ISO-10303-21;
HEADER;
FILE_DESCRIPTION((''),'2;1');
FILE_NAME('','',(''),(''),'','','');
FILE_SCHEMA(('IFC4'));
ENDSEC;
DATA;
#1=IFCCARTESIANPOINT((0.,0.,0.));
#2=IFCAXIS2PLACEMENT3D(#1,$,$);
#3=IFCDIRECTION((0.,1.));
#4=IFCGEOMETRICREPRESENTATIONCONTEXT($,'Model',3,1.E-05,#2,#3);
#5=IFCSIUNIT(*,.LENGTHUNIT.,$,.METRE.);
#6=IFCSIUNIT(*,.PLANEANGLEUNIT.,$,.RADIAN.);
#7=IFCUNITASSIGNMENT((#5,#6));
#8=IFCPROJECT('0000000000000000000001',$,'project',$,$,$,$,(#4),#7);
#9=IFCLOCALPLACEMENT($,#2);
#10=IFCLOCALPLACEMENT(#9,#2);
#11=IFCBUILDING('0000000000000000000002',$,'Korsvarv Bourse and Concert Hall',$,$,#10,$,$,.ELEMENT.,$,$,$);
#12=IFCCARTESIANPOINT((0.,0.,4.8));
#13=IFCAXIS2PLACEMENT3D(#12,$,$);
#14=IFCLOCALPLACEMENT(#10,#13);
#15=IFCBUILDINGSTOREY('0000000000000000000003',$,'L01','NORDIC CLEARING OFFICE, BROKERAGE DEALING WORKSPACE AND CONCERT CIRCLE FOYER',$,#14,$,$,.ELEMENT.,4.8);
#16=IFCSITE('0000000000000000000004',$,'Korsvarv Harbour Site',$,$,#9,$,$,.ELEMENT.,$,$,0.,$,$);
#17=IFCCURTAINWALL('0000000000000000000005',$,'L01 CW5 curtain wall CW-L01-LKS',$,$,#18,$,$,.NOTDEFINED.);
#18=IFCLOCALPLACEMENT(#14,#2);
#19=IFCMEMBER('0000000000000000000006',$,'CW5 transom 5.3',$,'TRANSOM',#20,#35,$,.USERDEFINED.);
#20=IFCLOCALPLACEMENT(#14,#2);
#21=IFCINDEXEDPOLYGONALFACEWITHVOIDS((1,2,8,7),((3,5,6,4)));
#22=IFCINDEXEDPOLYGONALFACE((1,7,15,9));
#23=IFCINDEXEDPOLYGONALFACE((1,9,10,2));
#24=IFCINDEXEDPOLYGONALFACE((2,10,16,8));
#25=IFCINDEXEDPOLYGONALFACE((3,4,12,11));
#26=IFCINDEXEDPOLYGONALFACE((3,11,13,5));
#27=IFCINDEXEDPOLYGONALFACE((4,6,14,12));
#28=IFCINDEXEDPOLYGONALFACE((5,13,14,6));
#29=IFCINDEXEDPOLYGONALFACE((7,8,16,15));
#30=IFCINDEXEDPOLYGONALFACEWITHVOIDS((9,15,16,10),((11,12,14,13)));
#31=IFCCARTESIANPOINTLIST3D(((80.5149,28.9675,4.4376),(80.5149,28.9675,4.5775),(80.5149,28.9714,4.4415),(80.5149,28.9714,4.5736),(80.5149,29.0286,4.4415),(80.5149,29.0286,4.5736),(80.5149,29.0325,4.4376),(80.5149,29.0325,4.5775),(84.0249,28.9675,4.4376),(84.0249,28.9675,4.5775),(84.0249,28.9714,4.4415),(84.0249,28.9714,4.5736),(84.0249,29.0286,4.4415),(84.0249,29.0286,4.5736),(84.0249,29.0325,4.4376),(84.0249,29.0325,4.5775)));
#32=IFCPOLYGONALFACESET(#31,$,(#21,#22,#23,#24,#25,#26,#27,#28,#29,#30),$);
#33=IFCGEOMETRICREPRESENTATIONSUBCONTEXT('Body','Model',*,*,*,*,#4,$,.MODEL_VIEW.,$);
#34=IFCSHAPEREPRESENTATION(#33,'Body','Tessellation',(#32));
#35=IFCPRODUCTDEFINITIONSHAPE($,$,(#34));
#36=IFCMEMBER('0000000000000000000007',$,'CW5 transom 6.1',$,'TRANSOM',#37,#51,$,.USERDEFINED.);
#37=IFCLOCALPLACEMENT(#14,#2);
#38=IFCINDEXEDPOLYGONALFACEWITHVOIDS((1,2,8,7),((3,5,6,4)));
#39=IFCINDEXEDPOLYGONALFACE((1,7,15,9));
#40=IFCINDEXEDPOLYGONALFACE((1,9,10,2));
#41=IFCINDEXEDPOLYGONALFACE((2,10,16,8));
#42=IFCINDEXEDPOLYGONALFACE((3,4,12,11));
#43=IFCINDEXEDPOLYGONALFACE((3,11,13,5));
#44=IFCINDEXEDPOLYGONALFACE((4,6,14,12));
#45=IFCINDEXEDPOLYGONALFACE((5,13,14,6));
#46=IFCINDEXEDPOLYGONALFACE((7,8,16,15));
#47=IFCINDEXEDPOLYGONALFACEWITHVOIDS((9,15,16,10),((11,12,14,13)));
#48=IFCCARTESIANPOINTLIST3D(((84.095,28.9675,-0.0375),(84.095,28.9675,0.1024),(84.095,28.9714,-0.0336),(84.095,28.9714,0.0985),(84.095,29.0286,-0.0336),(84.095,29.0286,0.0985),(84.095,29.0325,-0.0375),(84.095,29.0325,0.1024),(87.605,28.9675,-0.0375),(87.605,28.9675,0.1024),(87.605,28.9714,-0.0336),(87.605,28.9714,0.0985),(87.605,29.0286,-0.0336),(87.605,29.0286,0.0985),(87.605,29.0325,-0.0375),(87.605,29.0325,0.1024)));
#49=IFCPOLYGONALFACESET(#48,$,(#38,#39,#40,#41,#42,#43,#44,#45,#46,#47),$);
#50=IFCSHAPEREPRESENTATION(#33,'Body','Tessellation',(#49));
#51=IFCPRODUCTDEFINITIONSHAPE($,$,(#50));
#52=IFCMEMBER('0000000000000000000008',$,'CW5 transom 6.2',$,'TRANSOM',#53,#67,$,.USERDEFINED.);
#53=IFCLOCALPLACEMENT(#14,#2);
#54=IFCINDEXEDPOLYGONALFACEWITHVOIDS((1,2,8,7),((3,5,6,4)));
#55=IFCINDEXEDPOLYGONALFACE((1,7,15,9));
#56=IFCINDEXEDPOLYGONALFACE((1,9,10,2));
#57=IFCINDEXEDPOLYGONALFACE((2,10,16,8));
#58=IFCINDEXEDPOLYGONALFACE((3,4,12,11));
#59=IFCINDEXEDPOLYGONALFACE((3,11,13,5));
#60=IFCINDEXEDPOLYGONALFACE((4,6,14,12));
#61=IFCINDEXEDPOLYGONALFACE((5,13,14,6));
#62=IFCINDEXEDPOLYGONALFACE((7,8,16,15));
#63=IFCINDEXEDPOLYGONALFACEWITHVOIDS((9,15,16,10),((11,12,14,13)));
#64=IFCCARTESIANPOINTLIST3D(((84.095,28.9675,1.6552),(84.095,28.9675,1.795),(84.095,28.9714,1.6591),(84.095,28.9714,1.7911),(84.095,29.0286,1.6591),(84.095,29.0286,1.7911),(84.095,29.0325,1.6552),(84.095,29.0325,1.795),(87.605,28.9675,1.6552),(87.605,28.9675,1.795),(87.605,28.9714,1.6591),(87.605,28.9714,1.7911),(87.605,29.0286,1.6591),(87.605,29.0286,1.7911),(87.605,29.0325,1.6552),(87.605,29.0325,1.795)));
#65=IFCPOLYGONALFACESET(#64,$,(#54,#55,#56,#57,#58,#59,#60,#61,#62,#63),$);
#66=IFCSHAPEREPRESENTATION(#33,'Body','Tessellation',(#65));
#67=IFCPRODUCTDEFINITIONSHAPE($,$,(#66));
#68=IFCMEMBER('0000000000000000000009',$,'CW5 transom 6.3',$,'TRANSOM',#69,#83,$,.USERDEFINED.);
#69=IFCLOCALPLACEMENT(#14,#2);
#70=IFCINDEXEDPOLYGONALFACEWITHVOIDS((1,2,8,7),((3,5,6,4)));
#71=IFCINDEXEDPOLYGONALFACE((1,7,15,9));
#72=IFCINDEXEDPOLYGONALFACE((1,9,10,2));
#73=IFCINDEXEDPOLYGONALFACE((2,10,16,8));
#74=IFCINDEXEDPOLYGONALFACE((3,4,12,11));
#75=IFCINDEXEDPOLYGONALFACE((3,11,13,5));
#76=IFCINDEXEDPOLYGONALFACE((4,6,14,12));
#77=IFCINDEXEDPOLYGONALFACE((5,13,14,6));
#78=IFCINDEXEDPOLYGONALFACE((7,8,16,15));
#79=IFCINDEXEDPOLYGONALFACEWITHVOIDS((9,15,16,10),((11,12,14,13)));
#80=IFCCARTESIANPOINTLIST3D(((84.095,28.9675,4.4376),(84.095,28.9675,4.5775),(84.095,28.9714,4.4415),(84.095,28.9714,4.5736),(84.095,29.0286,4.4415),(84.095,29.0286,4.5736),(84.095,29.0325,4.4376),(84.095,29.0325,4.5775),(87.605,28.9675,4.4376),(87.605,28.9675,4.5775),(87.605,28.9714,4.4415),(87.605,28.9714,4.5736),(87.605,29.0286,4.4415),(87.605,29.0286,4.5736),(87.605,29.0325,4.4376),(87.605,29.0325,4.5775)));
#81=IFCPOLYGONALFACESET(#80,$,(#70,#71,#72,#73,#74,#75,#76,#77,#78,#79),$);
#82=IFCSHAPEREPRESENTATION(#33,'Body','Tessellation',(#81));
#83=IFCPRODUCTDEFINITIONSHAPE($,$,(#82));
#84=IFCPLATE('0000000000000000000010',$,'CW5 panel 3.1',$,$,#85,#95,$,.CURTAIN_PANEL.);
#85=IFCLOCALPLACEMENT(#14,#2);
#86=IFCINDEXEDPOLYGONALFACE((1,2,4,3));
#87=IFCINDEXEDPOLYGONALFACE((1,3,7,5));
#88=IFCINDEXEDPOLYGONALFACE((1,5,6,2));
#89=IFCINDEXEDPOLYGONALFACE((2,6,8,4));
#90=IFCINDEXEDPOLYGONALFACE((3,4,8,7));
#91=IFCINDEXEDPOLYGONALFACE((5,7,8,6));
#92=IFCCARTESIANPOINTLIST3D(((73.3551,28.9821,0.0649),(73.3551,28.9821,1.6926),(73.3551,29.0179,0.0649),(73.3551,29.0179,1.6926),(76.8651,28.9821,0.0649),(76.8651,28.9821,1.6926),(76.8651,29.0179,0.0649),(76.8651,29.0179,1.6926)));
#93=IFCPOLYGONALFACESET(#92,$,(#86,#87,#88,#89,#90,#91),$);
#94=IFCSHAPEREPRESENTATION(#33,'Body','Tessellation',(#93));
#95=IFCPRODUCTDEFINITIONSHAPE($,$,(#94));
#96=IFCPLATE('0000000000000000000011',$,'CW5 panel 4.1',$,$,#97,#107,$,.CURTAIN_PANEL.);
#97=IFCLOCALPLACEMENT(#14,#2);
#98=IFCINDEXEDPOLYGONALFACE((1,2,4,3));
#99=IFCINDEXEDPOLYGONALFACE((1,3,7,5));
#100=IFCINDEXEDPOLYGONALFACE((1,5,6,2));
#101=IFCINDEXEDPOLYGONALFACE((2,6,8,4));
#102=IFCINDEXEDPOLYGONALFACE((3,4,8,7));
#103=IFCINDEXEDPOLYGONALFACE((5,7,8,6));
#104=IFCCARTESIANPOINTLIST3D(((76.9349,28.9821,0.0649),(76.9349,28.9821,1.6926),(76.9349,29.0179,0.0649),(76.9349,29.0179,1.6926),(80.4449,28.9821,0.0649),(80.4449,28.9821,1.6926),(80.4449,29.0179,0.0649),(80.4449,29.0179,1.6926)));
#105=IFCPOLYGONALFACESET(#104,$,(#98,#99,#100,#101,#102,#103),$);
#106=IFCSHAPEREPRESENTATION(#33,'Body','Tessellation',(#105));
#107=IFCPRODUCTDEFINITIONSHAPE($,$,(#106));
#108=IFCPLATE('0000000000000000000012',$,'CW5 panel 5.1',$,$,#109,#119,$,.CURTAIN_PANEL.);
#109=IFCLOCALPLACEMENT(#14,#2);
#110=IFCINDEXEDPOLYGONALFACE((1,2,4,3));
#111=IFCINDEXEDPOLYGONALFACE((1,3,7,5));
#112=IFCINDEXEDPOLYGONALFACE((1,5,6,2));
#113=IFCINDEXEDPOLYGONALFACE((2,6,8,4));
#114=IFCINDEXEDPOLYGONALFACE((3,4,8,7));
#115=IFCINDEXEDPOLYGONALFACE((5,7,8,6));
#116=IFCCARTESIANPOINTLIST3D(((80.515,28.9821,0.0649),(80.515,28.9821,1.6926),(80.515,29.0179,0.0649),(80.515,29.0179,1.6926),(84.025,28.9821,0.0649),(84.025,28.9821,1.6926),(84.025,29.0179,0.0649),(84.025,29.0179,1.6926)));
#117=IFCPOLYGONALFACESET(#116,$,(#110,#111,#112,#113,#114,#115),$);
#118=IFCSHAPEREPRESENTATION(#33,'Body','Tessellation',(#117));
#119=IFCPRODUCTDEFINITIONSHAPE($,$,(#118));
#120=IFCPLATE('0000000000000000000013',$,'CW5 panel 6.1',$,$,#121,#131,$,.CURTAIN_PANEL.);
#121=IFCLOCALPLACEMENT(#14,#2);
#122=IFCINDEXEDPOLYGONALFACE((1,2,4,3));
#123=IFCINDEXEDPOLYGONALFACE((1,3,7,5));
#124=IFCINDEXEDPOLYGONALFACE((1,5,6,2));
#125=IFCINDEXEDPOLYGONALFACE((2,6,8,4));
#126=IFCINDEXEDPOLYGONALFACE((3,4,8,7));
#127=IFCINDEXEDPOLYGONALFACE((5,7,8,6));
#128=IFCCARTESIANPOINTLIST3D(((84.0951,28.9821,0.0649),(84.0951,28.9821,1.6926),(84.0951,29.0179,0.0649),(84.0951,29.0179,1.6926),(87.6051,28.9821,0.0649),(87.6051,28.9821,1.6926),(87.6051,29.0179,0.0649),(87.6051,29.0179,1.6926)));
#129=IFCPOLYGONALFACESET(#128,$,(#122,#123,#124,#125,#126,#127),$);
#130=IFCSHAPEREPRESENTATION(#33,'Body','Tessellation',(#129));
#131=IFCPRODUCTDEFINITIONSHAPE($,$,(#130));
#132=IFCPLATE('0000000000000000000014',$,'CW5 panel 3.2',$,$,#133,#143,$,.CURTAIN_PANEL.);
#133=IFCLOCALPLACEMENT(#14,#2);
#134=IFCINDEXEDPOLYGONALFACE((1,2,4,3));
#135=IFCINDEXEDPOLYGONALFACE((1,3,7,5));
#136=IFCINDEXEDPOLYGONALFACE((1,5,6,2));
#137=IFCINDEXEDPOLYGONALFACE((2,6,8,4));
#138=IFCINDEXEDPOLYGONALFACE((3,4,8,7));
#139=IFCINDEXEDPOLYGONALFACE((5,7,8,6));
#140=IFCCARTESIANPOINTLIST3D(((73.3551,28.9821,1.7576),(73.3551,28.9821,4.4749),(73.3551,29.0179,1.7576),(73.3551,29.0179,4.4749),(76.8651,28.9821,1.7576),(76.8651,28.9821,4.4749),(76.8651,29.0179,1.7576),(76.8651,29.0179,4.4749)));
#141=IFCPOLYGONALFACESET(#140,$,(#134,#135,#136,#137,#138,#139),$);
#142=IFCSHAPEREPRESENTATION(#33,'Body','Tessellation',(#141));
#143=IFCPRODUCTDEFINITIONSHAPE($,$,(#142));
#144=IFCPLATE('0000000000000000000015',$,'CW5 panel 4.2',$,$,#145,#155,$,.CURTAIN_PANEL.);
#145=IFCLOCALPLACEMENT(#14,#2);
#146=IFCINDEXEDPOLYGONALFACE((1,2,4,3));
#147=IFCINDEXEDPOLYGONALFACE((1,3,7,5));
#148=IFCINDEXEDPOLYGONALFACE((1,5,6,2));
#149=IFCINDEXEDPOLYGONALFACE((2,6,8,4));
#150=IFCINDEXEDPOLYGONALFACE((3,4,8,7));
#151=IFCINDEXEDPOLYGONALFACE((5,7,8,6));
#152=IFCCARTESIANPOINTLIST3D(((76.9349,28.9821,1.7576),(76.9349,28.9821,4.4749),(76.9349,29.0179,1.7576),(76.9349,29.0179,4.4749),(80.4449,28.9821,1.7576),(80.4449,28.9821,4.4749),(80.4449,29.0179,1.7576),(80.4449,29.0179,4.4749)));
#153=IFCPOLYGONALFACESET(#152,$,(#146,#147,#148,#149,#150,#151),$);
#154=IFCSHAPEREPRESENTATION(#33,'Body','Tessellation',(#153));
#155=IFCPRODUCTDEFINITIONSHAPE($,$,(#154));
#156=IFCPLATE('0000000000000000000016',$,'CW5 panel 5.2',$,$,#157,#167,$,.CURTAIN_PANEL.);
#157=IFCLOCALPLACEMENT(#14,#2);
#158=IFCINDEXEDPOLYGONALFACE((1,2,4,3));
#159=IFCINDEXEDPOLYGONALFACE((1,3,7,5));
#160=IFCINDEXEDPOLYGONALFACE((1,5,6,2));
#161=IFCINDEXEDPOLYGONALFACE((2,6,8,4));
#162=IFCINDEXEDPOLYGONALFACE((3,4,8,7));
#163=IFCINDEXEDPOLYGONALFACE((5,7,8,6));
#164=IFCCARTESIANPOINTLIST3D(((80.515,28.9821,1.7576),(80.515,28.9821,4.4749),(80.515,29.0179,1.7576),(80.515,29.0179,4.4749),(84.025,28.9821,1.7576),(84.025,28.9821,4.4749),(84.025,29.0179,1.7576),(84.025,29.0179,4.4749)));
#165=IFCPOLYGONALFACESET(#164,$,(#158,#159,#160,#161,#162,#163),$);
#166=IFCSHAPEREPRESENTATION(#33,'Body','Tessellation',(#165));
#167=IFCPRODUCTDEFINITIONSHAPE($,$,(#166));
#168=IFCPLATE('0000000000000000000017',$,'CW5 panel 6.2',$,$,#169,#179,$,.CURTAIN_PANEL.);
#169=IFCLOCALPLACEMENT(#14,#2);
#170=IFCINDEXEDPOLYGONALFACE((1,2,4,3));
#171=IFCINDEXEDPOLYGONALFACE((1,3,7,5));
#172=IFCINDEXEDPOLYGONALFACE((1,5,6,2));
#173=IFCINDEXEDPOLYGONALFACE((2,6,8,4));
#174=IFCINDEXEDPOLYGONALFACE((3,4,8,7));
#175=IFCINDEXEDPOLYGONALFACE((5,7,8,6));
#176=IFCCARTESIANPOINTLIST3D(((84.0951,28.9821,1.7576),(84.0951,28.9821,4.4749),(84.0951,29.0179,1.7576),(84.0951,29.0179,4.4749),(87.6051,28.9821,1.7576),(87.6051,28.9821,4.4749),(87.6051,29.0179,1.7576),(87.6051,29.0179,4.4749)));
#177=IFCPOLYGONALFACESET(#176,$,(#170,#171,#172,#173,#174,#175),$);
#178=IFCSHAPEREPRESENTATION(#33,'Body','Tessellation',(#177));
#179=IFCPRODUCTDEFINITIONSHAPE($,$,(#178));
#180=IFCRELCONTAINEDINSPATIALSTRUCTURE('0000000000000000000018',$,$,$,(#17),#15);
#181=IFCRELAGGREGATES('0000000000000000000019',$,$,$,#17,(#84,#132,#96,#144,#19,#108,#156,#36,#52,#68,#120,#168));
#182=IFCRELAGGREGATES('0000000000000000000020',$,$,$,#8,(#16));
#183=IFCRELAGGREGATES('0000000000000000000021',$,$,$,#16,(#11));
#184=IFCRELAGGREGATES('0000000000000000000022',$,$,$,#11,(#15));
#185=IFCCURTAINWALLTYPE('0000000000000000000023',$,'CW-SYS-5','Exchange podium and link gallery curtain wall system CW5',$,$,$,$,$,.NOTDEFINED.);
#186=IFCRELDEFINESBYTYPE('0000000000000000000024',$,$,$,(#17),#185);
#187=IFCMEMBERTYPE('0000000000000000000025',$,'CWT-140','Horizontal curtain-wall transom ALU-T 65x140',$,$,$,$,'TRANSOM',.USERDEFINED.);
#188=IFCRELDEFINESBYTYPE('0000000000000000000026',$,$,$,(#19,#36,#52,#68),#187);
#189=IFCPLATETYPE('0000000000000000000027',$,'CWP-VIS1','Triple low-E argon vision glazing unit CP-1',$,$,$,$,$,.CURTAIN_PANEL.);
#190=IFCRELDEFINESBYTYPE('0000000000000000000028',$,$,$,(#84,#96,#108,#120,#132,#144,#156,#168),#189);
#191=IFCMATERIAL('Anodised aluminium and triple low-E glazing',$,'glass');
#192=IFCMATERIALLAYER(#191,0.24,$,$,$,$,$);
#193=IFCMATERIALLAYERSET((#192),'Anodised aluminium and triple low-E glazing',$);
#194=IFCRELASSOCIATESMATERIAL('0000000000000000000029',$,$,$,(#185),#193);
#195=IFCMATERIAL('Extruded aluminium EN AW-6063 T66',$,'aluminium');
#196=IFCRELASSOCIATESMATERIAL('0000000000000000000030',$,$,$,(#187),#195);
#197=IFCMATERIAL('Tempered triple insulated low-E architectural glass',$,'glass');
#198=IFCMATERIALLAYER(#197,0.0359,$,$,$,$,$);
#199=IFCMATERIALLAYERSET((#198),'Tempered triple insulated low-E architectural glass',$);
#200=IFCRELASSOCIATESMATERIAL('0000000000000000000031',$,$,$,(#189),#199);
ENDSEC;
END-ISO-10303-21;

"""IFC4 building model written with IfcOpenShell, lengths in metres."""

from ifc_helpers import new_model, si_unit, direction, frame, origin, origin_2d, place, context, subcontext, project, spatial, rectangle, hollow_rectangle, extrude, source, transform, mapped, material, layer, layer_set, material_profile, profile_set, type_object, element, aggregate, save


model = new_model("IFC4")

# Units and contexts
model_context = context("Model", 3, precision=1e-05, world=origin(), true_north=direction((0.0, 1.0)))
body_context = subcontext(model_context, "Body", "Model", "MODEL_VIEW")
ifc_project = project(units=[si_unit("LENGTHUNIT", "METRE"), si_unit("PLANEANGLEUNIT", "RADIAN")], contexts=[model_context])

# Site, building, storey
site_placement = place(None, origin())
site = spatial("IfcSite", under=ifc_project, at=site_placement, Name="Korsvarv Harbour Site", CompositionType="ELEMENT", RefElevation=0.0)
building_placement = place(site_placement, origin())
building = spatial("IfcBuilding", under=site, at=building_placement, Name="Korsvarv Bourse and Concert Hall", CompositionType="ELEMENT")
storey_placement = place(building_placement, frame((0.0, 0.0, 4.8)))
storey = spatial("IfcBuildingStorey", under=building, at=storey_placement, Name="L01", Description="NORDIC CLEARING OFFICE, BROKERAGE DEALING WORKSPACE AND CONCERT CIRCLE FOYER", CompositionType="ELEMENT", Elevation=4.8)

# Curtain wall, members, plates
ifc_material_1 = material(Name="Anodised aluminium and triple low-E glazing", Category="glass")
ifc_layer_1 = layer(ifc_material_1, 0.24)
ifc_layer_set_1 = layer_set([ifc_layer_1], Name="Anodised aluminium and triple low-E glazing")
curtain_wall_type = type_object("IfcCurtainWallType", Name="CW-SYS-5", Description="Exchange podium and link gallery curtain wall system CW5", PredefinedType="NOTDEFINED", material=ifc_layer_set_1)
curtain_wall_placement = place(storey_placement, origin())
curtain_wall = element("IfcCurtainWall", 1, at=curtain_wall_placement, inside=storey, type_object=curtain_wall_type, Name="L01 CW5 curtain wall CW-L01-LKS", PredefinedType="NOTDEFINED")
ifc_material_2 = material(Name="Extruded aluminium EN AW-6063 T66", Category="aluminium")
ifc_material_profile_1 = material_profile(ifc_material_2, hollow_rectangle(XDim=0.0649, YDim=0.1399, WallThickness=0.0039, at=origin_2d()), Name="ALU-T 65x140")
ifc_profile_set_1 = profile_set([ifc_material_profile_1], Name="Extruded aluminium EN AW-6063 T66")
member_type_1 = type_object("IfcMemberType", Name="CWT-140", Description="Horizontal curtain-wall transom ALU-T 65x140", ElementType="TRANSOM", PredefinedType="USERDEFINED", material=ifc_profile_set_1)
shared_shape_1 = source(origin(), body_context, "Body", "SweptSolid", [
    extrude(hollow_rectangle(XDim=0.0649, YDim=0.1399, WallThickness=0.0039, at=origin_2d()), origin(), (0.0, 0.0, 1.0), 3.51),
])
member_1_placement = place(storey_placement, frame((80.5149, 29.0, 4.5076), z_axis=(1.0, 0.0, 0.0), x_axis=(0.0, 1.0, 0.0)))
member_1 = element("IfcMember", 2, at=member_1_placement, type_object=member_type_1, Name="CW5 transom 5.3", ObjectType="TRANSOM", PredefinedType="USERDEFINED", context=body_context, shape_type="MappedRepresentation", body=[
    mapped(shared_shape_1, transform((0.0, 0.0, 0.0), scale=1.0)),
])
member_2_placement = place(storey_placement, frame((84.095, 29.0, 0.0325), z_axis=(1.0, 0.0, 0.0), x_axis=(0.0, 1.0, 0.0)))
member_2 = element("IfcMember", 3, at=member_2_placement, type_object=member_type_1, Name="CW5 transom 6.1", ObjectType="TRANSOM", PredefinedType="USERDEFINED", context=body_context, shape_type="MappedRepresentation", body=[
    mapped(shared_shape_1, transform((0.0, 0.0, 0.0), scale=1.0)),
])
member_3_placement = place(storey_placement, frame((84.095, 29.0, 1.7251), z_axis=(1.0, 0.0, 0.0), x_axis=(0.0, 1.0, 0.0)))
member_3 = element("IfcMember", 4, at=member_3_placement, type_object=member_type_1, Name="CW5 transom 6.2", ObjectType="TRANSOM", PredefinedType="USERDEFINED", context=body_context, shape_type="MappedRepresentation", body=[
    mapped(shared_shape_1, transform((0.0, 0.0, 0.0), scale=1.0)),
])
member_4_placement = place(storey_placement, frame((84.095, 29.0, 4.5076), z_axis=(1.0, 0.0, 0.0), x_axis=(0.0, 1.0, 0.0)))
member_4 = element("IfcMember", 5, at=member_4_placement, type_object=member_type_1, Name="CW5 transom 6.3", ObjectType="TRANSOM", PredefinedType="USERDEFINED", context=body_context, shape_type="MappedRepresentation", body=[
    mapped(shared_shape_1, transform((0.0, 0.0, 0.0), scale=1.0)),
])
ifc_material_3 = material(Name="Tempered triple insulated low-E architectural glass", Category="glass")
ifc_layer_2 = layer(ifc_material_3, 0.0359)
ifc_layer_set_2 = layer_set([ifc_layer_2], Name="Tempered triple insulated low-E architectural glass")
plate_type = type_object("IfcPlateType", Name="CWP-VIS1", Description="Triple low-E argon vision glazing unit CP-1", PredefinedType="CURTAIN_PANEL", material=ifc_layer_set_2)
shared_shape_2 = source(origin(), body_context, "Body", "SweptSolid", [
    extrude(rectangle(XDim=3.51, YDim=0.0359, at=origin_2d()), origin(), (0.0, 0.0, 1.0), 1.6277),
])
plate_1_placement = place(storey_placement, frame((75.1101, 29.0, 0.0649), z_axis=(0.0, 0.0, 1.0), x_axis=(1.0, 0.0, 0.0)))
plate_1 = element("IfcPlate", 6, at=plate_1_placement, type_object=plate_type, Name="CW5 panel 3.1", PredefinedType="CURTAIN_PANEL", context=body_context, shape_type="MappedRepresentation", body=[
    mapped(shared_shape_2, transform((0.0, 0.0, 0.0), scale=1.0)),
])
plate_2_placement = place(storey_placement, frame((78.6899, 29.0, 0.0649), z_axis=(0.0, 0.0, 1.0), x_axis=(1.0, 0.0, 0.0)))
plate_2 = element("IfcPlate", 7, at=plate_2_placement, type_object=plate_type, Name="CW5 panel 4.1", PredefinedType="CURTAIN_PANEL", context=body_context, shape_type="MappedRepresentation", body=[
    mapped(shared_shape_2, transform((0.0, 0.0, 0.0), scale=1.0)),
])
plate_3_placement = place(storey_placement, frame((82.27, 29.0, 0.0649), z_axis=(0.0, 0.0, 1.0), x_axis=(1.0, 0.0, 0.0)))
plate_3 = element("IfcPlate", 8, at=plate_3_placement, type_object=plate_type, Name="CW5 panel 5.1", PredefinedType="CURTAIN_PANEL", context=body_context, shape_type="MappedRepresentation", body=[
    mapped(shared_shape_2, transform((0.0, 0.0, 0.0), scale=1.0)),
])
plate_4_placement = place(storey_placement, frame((85.8501, 29.0, 0.0649), z_axis=(0.0, 0.0, 1.0), x_axis=(1.0, 0.0, 0.0)))
plate_4 = element("IfcPlate", 9, at=plate_4_placement, type_object=plate_type, Name="CW5 panel 6.1", PredefinedType="CURTAIN_PANEL", context=body_context, shape_type="MappedRepresentation", body=[
    mapped(shared_shape_2, transform((0.0, 0.0, 0.0), scale=1.0)),
])
shared_shape_3 = source(origin(), body_context, "Body", "SweptSolid", [
    extrude(rectangle(XDim=3.51, YDim=0.0359, at=origin_2d()), origin(), (0.0, 0.0, 1.0), 2.7173),
])
plate_5_placement = place(storey_placement, frame((75.1101, 29.0, 1.7576), z_axis=(0.0, 0.0, 1.0), x_axis=(1.0, 0.0, 0.0)))
plate_5 = element("IfcPlate", 10, at=plate_5_placement, type_object=plate_type, Name="CW5 panel 3.2", PredefinedType="CURTAIN_PANEL", context=body_context, shape_type="MappedRepresentation", body=[
    mapped(shared_shape_3, transform((0.0, 0.0, 0.0), scale=1.0)),
])
plate_6_placement = place(storey_placement, frame((78.6899, 29.0, 1.7576), z_axis=(0.0, 0.0, 1.0), x_axis=(1.0, 0.0, 0.0)))
plate_6 = element("IfcPlate", 11, at=plate_6_placement, type_object=plate_type, Name="CW5 panel 4.2", PredefinedType="CURTAIN_PANEL", context=body_context, shape_type="MappedRepresentation", body=[
    mapped(shared_shape_3, transform((0.0, 0.0, 0.0), scale=1.0)),
])
plate_7_placement = place(storey_placement, frame((82.27, 29.0, 1.7576), z_axis=(0.0, 0.0, 1.0), x_axis=(1.0, 0.0, 0.0)))
plate_7 = element("IfcPlate", 12, at=plate_7_placement, type_object=plate_type, Name="CW5 panel 5.2", PredefinedType="CURTAIN_PANEL", context=body_context, shape_type="MappedRepresentation", body=[
    mapped(shared_shape_3, transform((0.0, 0.0, 0.0), scale=1.0)),
])
plate_8_placement = place(storey_placement, frame((85.8501, 29.0, 1.7576), z_axis=(0.0, 0.0, 1.0), x_axis=(1.0, 0.0, 0.0)))
plate_8 = element("IfcPlate", 13, at=plate_8_placement, type_object=plate_type, Name="CW5 panel 6.2", PredefinedType="CURTAIN_PANEL", context=body_context, shape_type="MappedRepresentation", body=[
    mapped(shared_shape_3, transform((0.0, 0.0, 0.0), scale=1.0)),
])
aggregate(curtain_wall, [plate_1, plate_5, plate_2, plate_6, member_1, plate_3, plate_7, member_2, member_3, member_4, plate_4, plate_8])

save(model, "model.ifc")
